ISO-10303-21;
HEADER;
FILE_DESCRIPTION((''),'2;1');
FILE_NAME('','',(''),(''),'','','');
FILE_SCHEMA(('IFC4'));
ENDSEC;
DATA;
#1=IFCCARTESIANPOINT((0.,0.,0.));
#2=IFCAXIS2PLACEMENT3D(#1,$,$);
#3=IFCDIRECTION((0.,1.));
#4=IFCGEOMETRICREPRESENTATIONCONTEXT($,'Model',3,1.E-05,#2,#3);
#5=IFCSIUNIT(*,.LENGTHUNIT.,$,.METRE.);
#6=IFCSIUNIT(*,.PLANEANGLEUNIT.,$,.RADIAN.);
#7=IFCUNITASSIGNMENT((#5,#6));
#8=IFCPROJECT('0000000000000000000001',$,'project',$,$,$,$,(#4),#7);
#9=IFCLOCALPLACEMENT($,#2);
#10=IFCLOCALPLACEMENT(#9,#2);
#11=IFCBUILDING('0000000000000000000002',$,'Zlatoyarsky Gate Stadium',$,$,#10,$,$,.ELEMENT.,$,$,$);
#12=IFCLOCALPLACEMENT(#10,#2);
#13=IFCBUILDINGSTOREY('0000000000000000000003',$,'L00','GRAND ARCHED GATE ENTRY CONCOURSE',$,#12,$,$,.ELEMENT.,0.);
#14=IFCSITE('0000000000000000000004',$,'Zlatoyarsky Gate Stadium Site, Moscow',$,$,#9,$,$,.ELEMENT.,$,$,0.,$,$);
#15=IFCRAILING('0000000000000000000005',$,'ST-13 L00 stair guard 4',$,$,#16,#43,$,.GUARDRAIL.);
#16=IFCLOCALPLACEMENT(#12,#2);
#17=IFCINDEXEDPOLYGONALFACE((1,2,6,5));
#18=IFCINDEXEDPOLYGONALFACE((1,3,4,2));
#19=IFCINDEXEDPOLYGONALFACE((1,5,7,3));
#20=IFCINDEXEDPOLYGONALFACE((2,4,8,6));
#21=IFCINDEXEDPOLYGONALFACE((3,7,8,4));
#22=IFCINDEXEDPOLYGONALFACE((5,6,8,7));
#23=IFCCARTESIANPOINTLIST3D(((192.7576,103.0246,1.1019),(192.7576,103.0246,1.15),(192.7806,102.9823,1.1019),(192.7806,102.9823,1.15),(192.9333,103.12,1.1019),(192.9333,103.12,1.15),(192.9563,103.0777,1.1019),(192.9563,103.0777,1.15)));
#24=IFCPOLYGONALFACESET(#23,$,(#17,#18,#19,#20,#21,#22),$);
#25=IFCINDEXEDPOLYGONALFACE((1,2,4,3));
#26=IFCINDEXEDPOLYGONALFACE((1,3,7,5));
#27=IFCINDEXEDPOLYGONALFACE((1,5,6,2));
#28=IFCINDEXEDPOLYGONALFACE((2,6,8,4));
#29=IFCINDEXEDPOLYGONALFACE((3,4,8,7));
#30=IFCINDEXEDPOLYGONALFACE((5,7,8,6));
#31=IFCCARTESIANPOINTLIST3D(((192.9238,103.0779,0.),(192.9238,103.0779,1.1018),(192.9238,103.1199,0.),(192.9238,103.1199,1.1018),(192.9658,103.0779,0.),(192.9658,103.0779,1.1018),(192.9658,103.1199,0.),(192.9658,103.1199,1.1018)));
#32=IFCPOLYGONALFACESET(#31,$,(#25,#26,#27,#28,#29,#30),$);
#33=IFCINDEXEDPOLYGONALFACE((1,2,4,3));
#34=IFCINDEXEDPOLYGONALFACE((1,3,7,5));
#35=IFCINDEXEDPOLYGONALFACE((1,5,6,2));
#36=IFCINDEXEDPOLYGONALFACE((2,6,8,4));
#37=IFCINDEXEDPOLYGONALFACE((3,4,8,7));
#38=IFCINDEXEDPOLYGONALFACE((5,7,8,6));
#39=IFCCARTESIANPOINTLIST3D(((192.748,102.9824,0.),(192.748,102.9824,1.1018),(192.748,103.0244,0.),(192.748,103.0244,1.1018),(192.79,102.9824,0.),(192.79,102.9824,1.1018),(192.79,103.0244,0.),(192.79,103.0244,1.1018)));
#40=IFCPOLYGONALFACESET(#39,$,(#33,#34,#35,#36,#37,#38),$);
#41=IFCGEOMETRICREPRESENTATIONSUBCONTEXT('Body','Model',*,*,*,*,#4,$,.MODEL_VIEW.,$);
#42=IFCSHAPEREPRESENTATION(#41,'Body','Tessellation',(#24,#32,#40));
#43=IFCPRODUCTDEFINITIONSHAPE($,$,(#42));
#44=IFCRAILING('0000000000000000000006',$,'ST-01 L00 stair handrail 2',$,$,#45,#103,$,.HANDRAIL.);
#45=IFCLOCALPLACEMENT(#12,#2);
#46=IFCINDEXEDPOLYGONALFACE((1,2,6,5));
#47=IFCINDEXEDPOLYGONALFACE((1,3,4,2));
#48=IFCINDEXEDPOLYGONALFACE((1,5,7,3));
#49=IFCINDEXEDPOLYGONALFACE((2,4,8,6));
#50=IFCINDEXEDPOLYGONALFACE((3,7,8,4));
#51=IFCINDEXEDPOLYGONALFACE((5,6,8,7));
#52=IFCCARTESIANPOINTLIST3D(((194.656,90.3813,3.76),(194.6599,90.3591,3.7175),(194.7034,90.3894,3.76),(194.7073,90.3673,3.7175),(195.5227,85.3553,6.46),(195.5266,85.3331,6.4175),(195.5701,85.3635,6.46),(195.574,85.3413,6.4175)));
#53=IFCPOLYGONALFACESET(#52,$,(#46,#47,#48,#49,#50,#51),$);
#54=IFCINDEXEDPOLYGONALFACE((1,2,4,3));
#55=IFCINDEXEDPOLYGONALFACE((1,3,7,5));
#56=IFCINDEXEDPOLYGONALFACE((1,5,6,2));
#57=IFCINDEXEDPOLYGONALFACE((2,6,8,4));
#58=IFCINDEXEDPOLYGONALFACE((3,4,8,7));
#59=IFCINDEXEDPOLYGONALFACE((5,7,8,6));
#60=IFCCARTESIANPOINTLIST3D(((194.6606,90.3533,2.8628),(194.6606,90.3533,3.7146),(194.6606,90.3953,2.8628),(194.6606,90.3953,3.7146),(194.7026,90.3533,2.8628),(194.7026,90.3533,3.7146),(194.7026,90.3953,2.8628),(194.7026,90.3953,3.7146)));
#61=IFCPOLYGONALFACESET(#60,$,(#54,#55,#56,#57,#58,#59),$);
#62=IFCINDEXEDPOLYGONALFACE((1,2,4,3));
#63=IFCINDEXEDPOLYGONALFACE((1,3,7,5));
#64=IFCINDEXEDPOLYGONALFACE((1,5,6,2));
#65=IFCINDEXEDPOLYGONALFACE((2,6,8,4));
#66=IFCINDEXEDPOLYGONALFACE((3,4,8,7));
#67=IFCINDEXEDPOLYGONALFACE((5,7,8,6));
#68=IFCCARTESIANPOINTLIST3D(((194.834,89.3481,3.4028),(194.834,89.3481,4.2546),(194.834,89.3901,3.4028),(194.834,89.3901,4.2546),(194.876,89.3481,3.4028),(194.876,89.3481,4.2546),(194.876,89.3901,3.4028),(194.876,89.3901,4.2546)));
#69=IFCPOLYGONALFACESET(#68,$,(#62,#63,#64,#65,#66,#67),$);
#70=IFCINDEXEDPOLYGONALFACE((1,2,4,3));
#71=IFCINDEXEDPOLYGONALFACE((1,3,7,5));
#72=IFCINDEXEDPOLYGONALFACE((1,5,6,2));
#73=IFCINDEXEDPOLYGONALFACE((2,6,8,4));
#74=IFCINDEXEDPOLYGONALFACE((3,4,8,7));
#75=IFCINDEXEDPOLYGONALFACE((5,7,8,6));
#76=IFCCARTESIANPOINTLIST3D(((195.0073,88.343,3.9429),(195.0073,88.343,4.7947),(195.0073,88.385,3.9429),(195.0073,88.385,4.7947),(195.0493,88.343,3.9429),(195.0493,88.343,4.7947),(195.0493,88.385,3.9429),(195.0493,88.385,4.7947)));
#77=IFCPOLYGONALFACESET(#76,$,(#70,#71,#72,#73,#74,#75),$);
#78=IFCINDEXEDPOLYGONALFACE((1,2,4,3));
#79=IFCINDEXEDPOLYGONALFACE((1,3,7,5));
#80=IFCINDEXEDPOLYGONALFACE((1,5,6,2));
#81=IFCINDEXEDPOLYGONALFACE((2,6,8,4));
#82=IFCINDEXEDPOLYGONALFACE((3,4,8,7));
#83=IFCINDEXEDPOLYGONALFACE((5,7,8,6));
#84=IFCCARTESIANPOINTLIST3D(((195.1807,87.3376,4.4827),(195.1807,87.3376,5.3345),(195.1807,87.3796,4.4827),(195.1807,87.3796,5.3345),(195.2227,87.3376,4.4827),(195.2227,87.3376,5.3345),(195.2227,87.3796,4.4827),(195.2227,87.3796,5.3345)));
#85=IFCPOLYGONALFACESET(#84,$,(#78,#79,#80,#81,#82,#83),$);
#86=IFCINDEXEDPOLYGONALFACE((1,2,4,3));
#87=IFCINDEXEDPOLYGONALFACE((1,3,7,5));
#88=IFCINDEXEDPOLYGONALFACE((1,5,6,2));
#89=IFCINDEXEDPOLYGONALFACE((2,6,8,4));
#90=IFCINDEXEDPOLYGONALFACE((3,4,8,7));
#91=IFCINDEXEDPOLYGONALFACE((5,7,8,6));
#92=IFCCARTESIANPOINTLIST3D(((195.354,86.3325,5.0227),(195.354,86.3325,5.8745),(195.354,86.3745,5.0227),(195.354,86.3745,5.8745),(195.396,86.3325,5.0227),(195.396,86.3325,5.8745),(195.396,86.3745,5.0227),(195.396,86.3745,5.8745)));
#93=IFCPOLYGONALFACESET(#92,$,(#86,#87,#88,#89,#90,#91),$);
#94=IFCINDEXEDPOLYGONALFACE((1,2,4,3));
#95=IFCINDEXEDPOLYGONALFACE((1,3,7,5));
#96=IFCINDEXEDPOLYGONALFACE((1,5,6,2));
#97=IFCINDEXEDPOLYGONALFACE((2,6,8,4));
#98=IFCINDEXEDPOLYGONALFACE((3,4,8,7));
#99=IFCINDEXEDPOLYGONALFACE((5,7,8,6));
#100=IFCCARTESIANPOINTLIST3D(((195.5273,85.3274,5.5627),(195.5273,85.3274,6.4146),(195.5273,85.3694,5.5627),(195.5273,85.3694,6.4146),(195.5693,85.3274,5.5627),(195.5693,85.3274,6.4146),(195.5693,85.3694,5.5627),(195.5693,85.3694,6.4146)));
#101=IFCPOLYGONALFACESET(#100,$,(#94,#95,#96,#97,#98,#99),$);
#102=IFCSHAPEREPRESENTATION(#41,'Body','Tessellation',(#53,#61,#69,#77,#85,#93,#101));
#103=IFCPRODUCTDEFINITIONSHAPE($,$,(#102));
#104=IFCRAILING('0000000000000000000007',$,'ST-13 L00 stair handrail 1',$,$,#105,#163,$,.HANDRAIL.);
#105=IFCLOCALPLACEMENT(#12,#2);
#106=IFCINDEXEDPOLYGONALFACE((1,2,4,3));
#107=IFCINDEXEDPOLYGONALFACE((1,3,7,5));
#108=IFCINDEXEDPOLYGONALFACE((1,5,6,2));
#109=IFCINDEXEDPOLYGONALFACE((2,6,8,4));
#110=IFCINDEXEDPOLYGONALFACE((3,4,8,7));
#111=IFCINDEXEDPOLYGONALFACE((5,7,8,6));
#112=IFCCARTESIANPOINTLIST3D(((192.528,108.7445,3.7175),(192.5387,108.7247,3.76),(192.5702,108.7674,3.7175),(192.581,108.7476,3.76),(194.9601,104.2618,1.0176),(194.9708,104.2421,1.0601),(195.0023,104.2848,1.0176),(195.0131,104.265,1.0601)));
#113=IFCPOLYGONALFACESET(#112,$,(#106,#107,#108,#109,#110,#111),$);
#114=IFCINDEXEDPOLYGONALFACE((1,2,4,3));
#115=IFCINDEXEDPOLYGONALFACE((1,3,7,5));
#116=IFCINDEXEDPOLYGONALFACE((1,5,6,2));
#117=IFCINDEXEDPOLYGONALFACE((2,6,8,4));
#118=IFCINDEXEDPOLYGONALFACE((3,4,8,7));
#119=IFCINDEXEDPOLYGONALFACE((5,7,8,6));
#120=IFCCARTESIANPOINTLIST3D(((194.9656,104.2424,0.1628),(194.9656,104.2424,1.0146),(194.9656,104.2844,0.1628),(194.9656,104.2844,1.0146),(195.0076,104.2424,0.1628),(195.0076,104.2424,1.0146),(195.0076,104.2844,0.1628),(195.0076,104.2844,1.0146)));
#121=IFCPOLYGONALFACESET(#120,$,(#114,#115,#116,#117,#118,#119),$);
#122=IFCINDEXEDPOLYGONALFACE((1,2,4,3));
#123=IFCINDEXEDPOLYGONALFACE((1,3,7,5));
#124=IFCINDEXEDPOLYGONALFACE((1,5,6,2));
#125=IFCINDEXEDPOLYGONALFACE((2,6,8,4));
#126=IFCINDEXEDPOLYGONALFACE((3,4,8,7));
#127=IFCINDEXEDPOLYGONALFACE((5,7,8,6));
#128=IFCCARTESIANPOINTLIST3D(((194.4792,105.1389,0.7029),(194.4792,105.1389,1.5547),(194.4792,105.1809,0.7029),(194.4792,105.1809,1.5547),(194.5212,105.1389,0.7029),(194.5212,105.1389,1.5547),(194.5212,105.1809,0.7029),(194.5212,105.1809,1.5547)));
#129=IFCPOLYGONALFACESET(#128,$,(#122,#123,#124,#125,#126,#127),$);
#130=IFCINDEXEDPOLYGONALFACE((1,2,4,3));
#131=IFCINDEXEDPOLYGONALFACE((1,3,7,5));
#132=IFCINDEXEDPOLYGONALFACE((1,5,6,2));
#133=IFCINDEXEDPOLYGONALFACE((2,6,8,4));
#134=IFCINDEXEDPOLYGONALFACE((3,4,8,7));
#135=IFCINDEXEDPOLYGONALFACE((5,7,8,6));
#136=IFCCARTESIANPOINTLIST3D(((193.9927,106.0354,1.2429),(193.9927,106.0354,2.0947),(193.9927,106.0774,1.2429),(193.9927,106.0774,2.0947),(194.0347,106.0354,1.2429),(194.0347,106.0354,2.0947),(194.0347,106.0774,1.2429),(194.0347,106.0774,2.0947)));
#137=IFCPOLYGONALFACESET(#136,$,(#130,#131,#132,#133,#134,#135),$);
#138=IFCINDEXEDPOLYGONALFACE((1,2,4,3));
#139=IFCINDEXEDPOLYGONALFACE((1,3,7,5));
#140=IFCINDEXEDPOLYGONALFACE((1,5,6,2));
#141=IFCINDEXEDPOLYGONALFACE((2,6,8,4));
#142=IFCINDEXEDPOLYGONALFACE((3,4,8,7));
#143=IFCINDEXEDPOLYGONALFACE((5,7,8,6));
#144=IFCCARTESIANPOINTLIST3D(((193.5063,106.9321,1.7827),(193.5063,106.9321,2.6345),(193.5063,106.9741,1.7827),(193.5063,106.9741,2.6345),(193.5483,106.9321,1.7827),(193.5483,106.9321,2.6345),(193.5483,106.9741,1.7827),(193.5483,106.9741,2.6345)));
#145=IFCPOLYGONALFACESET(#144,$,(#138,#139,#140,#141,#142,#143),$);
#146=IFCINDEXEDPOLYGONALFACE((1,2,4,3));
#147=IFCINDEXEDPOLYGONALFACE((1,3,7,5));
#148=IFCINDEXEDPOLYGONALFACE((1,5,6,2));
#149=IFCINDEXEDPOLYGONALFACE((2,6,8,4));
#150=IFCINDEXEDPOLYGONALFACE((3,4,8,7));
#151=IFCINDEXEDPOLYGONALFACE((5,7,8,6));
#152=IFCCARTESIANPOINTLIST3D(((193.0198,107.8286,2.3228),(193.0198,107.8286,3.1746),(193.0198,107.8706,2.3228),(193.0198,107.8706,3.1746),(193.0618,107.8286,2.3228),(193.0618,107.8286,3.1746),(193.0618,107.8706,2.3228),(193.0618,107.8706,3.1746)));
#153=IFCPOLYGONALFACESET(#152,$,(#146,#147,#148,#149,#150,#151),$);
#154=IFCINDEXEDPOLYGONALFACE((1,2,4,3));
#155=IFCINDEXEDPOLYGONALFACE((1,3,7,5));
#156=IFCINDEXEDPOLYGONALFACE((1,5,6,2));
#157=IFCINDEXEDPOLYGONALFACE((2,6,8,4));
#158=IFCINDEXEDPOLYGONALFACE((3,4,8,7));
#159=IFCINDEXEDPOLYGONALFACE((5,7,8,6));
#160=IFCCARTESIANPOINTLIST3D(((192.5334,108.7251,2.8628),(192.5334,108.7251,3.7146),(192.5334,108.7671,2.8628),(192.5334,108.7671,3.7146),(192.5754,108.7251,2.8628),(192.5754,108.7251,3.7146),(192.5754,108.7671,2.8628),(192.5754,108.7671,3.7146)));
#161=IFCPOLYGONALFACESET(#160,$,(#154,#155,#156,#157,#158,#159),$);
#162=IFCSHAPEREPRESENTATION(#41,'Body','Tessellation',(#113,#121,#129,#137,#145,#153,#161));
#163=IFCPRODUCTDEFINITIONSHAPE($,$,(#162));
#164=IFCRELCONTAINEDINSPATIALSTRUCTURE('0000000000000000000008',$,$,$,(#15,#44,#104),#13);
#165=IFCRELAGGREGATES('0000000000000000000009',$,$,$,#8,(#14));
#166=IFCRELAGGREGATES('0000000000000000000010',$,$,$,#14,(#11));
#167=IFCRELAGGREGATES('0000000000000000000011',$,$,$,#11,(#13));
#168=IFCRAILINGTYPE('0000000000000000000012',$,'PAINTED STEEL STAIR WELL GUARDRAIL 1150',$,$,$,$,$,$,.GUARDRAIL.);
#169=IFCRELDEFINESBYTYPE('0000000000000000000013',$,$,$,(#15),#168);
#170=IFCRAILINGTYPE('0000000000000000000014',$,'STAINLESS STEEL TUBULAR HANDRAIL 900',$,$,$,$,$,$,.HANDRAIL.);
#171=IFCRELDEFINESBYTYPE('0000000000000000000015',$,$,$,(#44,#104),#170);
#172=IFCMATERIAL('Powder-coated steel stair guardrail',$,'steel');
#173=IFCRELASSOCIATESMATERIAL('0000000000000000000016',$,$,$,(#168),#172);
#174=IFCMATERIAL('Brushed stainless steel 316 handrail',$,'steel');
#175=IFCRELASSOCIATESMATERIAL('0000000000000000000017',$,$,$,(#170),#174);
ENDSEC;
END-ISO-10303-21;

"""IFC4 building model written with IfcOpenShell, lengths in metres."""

from ifc_helpers import new_model, si_unit, direction, frame, origin, origin_2d, place, context, subcontext, project, spatial, rectangle, extrude, material, type_object, element, save


model = new_model("IFC4")

# Units and contexts
model_context = context("Model", 3, precision=1e-05, world=origin(), true_north=direction((0.0, 1.0)))
body_context = subcontext(model_context, "Body", "Model", "MODEL_VIEW")
ifc_project = project(units=[si_unit("LENGTHUNIT", "METRE"), si_unit("PLANEANGLEUNIT", "RADIAN")], contexts=[model_context])

# Site, building, storey
site_placement = place(None, origin())
site = spatial("IfcSite", under=ifc_project, at=site_placement, Name="Zlatoyarsky Gate Stadium Site, Moscow", CompositionType="ELEMENT", RefElevation=0.0)
building_placement = place(site_placement, origin())
building = spatial("IfcBuilding", under=site, at=building_placement, Name="Zlatoyarsky Gate Stadium", CompositionType="ELEMENT")
storey_placement = place(building_placement, origin())
storey = spatial("IfcBuildingStorey", under=building, at=storey_placement, Name="L00", Description="GRAND ARCHED GATE ENTRY CONCOURSE", CompositionType="ELEMENT", Elevation=0.0)

# Railings
ifc_material_1 = material(Name="Powder-coated steel stair guardrail", Category="steel")
railing_type_1 = type_object("IfcRailingType", Name="PAINTED STEEL STAIR WELL GUARDRAIL 1150", PredefinedType="GUARDRAIL", material=ifc_material_1)
railing_1_placement = place(storey_placement, frame((192.9448, 103.0989, 0.0)))
element("IfcRailing", 1, at=railing_1_placement, inside=storey, type_object=railing_type_1, Name="ST-13 L00 stair guard 4", PredefinedType="GUARDRAIL", context=body_context, shape_type="SweptSolid", body=[
    extrude(rectangle(XDim=0.0481, YDim=0.0481, at=origin_2d()), frame((0.0, 0.0, 1.126), z_axis=(-0.87878, -0.477227, 0.0), x_axis=(0.477227, -0.87878, 0.0)), (0.0, 0.0, 1.0), 0.2),
    extrude(rectangle(XDim=0.042, YDim=0.042, at=origin_2d()), origin(), (0.0, 0.0, 1.0), 1.1018),
    extrude(rectangle(XDim=0.042, YDim=0.042, at=origin_2d()), frame((-0.1758, -0.0955, 0.0)), (0.0, 0.0, 1.0), 1.1018),
])
ifc_material_2 = material(Name="Brushed stainless steel 316 handrail", Category="steel")
railing_type_2 = type_object("IfcRailingType", Name="STAINLESS STEEL TUBULAR HANDRAIL 900", PredefinedType="HANDRAIL", material=ifc_material_2)
railing_2_placement = place(storey_placement, frame((194.6816, 90.3743, 2.8628)))
element("IfcRailing", 2, at=railing_2_placement, inside=storey, type_object=railing_type_2, Name="ST-01 L00 stair handrail 2", PredefinedType="HANDRAIL", context=body_context, shape_type="SweptSolid", body=[
    extrude(rectangle(XDim=0.0481, YDim=0.0481, at=origin_2d()), frame((0.0, 0.0, 0.876), z_axis=(0.150191, -0.870939, 0.467877), x_axis=(0.985455, 0.169939, 0.0)), (0.0, 0.0, 1.0), 5.7708),
    extrude(rectangle(XDim=0.042, YDim=0.042, at=origin_2d()), origin(), (0.0, 0.0, 1.0), 0.8518),
    extrude(rectangle(XDim=0.042, YDim=0.042, at=origin_2d()), frame((0.1733, -1.0051, 0.54)), (0.0, 0.0, 1.0), 0.8518),
    extrude(rectangle(XDim=0.042, YDim=0.042, at=origin_2d()), frame((0.3467, -2.0103, 1.0801)), (0.0, 0.0, 1.0), 0.8518),
    extrude(rectangle(XDim=0.042, YDim=0.042, at=origin_2d()), frame((0.52, -3.0156, 1.6199)), (0.0, 0.0, 1.0), 0.8518),
    extrude(rectangle(XDim=0.042, YDim=0.042, at=origin_2d()), frame((0.6934, -4.0208, 2.1599)), (0.0, 0.0, 1.0), 0.8518),
    extrude(rectangle(XDim=0.042, YDim=0.042, at=origin_2d()), frame((0.8667, -5.0259, 2.7)), (0.0, 0.0, 1.0), 0.8518),
])
railing_3_placement = place(storey_placement, frame((194.9866, 104.2634, 0.1628)))
element("IfcRailing", 3, at=railing_3_placement, inside=storey, type_object=railing_type_2, Name="ST-13 L00 stair handrail 1", PredefinedType="HANDRAIL", context=body_context, shape_type="SweptSolid", body=[
    extrude(rectangle(XDim=0.0481, YDim=0.0481, at=origin_2d()), frame((0.0, 0.0, 0.876), z_axis=(-0.421472, 0.776817, 0.467884), x_axis=(-0.878962, -0.476892, 0.0)), (0.0, 0.0, 1.0), 5.7705),
    extrude(rectangle(XDim=0.042, YDim=0.042, at=origin_2d()), origin(), (0.0, 0.0, 1.0), 0.8518),
    extrude(rectangle(XDim=0.042, YDim=0.042, at=origin_2d()), frame((-0.4863, 0.8965, 0.54)), (0.0, 0.0, 1.0), 0.8518),
    extrude(rectangle(XDim=0.042, YDim=0.042, at=origin_2d()), frame((-0.9729, 1.793, 1.0801)), (0.0, 0.0, 1.0), 0.8518),
    extrude(rectangle(XDim=0.042, YDim=0.042, at=origin_2d()), frame((-1.4592, 2.6897, 1.6199)), (0.0, 0.0, 1.0), 0.8518),
    extrude(rectangle(XDim=0.042, YDim=0.042, at=origin_2d()), frame((-1.9458, 3.5862, 2.1599)), (0.0, 0.0, 1.0), 0.8518),
    extrude(rectangle(XDim=0.042, YDim=0.042, at=origin_2d()), frame((-2.4321, 4.4827, 2.7)), (0.0, 0.0, 1.0), 0.8518),
])

save(model, "model.ifc")
